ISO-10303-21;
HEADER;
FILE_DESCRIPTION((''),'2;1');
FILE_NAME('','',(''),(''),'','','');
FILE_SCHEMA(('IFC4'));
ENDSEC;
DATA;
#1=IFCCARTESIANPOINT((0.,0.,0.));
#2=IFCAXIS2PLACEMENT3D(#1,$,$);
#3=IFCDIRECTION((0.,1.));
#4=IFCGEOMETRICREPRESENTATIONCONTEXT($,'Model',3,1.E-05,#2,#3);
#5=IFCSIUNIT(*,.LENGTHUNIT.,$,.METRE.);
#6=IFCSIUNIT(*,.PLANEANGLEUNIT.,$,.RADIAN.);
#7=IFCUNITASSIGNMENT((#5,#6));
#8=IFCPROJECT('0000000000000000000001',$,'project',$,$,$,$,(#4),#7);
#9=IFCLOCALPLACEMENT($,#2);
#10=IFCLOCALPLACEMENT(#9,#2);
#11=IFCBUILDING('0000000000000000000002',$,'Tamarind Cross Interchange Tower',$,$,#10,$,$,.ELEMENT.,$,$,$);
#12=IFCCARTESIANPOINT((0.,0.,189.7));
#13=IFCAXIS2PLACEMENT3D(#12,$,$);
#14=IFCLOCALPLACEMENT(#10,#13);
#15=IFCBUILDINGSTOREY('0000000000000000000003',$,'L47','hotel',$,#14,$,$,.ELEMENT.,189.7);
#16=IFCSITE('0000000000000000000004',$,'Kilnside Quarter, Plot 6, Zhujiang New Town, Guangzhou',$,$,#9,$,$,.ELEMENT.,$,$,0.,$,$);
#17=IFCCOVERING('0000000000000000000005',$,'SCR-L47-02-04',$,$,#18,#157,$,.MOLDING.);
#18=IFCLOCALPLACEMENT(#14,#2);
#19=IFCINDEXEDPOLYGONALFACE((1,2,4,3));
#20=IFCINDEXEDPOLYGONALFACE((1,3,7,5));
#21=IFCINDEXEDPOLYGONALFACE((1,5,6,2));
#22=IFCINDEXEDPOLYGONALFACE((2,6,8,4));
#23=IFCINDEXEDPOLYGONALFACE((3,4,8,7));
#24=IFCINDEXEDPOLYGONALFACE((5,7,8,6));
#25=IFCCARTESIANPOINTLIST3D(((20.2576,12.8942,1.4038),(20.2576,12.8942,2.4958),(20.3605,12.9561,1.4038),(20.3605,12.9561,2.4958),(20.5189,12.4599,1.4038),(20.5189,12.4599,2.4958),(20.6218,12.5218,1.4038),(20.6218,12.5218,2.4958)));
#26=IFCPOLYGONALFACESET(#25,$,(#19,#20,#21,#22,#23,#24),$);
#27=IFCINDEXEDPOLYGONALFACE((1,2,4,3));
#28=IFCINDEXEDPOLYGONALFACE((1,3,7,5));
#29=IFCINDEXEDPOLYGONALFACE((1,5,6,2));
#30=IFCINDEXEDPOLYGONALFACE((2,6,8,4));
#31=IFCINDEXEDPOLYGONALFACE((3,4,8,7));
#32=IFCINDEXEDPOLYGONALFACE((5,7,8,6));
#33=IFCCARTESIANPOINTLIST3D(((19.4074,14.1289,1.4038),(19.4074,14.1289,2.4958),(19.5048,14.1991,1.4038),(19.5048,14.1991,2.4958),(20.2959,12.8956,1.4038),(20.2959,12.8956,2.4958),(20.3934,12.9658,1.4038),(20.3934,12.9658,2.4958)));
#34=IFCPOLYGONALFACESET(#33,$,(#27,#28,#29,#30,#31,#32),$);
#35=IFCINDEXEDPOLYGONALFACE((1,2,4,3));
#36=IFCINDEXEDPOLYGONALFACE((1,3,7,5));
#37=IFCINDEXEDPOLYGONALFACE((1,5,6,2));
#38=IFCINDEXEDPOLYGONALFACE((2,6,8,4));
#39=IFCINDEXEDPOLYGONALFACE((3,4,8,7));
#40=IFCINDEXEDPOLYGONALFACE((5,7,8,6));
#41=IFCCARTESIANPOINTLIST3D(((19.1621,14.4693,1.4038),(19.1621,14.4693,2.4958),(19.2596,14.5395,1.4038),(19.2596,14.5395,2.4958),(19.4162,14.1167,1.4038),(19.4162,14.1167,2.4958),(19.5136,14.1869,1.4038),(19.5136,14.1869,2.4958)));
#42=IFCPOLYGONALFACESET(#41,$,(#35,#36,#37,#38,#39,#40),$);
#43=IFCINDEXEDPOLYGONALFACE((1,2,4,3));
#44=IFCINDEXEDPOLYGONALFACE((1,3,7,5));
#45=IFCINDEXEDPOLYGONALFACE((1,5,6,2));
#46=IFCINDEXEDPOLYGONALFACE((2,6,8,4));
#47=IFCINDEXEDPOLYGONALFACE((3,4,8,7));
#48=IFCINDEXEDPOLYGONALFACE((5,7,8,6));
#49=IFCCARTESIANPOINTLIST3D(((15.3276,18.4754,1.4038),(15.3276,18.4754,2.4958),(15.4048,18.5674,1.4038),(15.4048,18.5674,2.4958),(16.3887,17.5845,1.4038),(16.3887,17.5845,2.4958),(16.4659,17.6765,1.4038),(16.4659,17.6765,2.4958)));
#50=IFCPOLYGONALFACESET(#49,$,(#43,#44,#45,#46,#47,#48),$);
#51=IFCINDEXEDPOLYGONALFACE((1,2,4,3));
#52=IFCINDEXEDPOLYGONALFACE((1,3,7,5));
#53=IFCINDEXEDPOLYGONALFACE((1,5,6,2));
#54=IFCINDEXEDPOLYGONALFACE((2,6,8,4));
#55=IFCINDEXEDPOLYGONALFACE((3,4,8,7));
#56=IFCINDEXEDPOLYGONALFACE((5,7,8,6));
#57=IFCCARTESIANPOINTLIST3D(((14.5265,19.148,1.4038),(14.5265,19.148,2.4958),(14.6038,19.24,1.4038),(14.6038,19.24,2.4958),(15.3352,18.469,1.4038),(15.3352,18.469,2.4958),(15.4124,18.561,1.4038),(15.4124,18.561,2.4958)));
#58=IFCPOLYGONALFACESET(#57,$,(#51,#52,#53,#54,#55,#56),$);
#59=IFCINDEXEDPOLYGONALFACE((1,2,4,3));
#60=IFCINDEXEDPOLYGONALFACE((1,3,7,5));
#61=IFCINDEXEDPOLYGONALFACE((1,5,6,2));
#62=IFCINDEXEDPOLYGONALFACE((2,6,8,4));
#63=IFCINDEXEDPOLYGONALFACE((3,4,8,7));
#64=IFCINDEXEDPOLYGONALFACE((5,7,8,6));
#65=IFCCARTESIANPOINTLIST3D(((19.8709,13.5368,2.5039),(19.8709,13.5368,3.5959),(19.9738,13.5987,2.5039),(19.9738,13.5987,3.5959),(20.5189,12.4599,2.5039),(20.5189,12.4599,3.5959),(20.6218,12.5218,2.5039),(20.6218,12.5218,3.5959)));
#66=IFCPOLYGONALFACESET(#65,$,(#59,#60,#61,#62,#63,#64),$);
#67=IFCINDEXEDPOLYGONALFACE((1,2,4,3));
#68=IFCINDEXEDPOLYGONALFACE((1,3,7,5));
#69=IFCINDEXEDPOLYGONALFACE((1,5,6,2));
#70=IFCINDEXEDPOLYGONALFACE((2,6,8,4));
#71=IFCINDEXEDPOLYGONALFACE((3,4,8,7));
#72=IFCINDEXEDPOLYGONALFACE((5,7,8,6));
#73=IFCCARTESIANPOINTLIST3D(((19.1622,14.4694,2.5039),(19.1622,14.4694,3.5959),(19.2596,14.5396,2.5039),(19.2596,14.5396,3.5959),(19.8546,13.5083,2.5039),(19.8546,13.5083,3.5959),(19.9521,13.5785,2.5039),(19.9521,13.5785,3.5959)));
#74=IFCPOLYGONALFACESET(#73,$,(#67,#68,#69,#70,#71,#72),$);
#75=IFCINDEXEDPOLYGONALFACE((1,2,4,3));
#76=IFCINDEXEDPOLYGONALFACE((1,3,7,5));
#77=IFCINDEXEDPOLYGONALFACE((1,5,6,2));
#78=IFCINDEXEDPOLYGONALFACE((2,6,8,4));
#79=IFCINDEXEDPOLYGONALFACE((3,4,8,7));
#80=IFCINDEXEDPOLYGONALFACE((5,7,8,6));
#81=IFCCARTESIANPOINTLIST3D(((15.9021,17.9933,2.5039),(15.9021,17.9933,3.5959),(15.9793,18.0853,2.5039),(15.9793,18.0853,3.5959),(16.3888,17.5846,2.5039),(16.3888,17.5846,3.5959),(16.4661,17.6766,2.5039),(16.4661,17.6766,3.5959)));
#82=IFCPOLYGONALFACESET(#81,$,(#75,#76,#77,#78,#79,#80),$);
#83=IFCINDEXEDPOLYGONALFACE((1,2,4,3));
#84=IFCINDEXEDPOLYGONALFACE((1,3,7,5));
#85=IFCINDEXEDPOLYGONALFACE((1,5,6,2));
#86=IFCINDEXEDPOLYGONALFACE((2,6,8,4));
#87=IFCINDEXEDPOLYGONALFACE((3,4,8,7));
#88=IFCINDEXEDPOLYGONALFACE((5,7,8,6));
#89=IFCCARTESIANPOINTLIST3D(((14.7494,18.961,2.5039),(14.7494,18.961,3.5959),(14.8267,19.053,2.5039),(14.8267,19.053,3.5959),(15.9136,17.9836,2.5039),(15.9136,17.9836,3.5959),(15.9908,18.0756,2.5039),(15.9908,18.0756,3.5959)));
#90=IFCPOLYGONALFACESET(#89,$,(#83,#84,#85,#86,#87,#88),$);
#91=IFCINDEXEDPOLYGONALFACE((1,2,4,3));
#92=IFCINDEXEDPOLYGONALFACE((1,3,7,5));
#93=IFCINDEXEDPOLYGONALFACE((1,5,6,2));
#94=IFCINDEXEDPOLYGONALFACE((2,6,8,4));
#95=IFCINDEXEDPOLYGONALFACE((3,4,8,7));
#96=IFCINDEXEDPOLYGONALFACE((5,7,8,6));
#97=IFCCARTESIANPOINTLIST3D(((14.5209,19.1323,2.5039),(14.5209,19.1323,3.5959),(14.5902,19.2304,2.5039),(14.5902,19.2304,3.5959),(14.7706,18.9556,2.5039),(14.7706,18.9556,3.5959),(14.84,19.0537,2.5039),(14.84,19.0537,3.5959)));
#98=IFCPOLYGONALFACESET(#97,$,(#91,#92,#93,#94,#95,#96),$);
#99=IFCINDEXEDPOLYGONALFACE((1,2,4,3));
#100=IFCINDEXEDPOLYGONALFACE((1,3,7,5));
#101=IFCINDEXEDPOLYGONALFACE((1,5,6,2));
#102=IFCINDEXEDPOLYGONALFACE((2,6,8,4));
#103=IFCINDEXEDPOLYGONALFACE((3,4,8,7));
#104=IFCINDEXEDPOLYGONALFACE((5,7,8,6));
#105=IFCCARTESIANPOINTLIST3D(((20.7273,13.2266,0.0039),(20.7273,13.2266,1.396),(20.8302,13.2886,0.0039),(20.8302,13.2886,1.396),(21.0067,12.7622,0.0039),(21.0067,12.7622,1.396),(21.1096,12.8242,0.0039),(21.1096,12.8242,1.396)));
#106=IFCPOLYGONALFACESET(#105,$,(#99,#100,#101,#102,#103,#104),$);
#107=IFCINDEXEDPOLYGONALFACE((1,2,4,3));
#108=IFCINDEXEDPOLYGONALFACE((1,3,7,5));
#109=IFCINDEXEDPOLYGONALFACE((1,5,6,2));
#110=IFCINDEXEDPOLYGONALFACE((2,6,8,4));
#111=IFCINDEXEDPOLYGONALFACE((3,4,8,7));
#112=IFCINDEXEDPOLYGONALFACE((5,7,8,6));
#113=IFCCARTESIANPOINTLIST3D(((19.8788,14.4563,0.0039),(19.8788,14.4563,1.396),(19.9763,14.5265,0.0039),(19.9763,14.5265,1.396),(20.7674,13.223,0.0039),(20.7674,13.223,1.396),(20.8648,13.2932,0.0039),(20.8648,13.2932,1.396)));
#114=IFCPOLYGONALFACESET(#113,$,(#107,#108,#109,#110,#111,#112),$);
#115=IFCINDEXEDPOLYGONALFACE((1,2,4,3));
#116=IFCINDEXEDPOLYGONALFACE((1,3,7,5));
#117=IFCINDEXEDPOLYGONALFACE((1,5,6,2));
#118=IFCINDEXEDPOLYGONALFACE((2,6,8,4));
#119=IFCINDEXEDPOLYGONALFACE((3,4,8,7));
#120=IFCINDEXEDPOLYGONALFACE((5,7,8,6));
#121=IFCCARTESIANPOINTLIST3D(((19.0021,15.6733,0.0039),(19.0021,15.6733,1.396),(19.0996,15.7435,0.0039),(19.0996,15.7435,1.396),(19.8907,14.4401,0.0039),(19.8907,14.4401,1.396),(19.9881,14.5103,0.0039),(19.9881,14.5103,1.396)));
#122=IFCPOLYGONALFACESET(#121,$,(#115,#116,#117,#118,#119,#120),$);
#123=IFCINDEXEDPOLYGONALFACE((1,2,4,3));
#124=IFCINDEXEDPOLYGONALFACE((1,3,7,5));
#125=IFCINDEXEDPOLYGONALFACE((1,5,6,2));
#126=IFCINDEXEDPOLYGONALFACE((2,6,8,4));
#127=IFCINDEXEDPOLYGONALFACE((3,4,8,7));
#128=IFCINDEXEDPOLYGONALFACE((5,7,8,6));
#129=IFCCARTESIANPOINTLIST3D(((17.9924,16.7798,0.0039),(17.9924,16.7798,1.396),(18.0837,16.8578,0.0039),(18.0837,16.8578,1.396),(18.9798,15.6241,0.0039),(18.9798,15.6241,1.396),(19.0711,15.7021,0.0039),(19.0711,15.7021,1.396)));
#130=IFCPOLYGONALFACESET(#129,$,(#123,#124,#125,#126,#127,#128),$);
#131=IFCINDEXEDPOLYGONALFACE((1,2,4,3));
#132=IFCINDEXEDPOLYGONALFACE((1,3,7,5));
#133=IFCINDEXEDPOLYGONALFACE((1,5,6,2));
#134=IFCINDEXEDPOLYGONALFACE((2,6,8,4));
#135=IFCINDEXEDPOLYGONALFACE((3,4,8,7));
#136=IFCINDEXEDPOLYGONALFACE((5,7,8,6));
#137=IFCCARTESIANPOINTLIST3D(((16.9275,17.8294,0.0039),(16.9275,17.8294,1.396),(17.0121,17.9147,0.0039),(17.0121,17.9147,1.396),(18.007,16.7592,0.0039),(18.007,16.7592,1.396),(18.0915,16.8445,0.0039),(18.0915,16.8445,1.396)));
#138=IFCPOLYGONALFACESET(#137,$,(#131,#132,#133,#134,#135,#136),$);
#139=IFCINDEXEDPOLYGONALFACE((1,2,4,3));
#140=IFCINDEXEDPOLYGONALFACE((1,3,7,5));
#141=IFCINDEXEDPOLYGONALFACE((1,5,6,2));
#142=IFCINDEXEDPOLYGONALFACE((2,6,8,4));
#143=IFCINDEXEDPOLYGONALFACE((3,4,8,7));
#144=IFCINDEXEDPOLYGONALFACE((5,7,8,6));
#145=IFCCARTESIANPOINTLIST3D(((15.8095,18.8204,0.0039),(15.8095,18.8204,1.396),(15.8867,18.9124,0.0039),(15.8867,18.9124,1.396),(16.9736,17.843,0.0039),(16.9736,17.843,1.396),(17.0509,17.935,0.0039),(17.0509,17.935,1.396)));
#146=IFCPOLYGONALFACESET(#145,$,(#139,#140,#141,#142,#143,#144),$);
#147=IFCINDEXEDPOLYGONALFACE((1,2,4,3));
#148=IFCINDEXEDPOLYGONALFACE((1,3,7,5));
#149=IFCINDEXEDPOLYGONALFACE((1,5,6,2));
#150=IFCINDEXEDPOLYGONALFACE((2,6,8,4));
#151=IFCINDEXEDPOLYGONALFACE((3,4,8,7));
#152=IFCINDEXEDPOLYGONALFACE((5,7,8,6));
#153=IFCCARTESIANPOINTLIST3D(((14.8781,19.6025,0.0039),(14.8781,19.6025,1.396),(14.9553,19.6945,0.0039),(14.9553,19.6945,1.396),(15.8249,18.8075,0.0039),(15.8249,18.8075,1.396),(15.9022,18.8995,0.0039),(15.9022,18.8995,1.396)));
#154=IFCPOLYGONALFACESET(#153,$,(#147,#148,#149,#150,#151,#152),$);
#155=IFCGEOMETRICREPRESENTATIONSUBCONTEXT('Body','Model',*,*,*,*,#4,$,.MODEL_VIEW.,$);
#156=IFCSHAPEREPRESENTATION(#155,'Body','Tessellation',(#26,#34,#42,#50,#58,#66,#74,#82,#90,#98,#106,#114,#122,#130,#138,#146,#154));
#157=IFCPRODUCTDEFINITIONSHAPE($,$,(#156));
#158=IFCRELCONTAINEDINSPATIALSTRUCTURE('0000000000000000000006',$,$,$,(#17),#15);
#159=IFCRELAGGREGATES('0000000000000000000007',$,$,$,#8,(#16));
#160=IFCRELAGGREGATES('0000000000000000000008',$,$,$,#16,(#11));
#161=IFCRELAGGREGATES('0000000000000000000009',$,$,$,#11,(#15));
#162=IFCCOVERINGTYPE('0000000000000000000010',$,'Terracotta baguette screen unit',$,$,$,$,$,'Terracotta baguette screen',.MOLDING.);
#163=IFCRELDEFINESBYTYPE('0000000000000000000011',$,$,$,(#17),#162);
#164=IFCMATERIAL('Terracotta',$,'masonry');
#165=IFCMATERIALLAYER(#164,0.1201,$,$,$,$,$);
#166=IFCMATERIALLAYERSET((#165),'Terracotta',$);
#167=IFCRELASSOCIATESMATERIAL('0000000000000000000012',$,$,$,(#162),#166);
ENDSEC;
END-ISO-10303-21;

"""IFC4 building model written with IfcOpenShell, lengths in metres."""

from ifc_helpers import new_model, si_unit, direction, frame, origin, origin_2d, place, context, subcontext, project, spatial, rectangle, extrude, material, layer, layer_set, type_object, element, save


model = new_model("IFC4")

# Units and contexts
model_context = context("Model", 3, precision=1e-05, world=origin(), true_north=direction((0.0, 1.0)))
body_context = subcontext(model_context, "Body", "Model", "MODEL_VIEW")
ifc_project = project(units=[si_unit("LENGTHUNIT", "METRE"), si_unit("PLANEANGLEUNIT", "RADIAN")], contexts=[model_context])

# Site, building, storey
site_placement = place(None, origin())
site = spatial("IfcSite", under=ifc_project, at=site_placement, Name="Kilnside Quarter, Plot 6, Zhujiang New Town, Guangzhou", CompositionType="ELEMENT", RefElevation=0.0)
building_placement = place(site_placement, origin())
building = spatial("IfcBuilding", under=site, at=building_placement, Name="Tamarind Cross Interchange Tower", CompositionType="ELEMENT")
storey_placement = place(building_placement, frame((0.0, 0.0, 189.7)))
storey = spatial("IfcBuildingStorey", under=building, at=storey_placement, Name="L47", Description="hotel", CompositionType="ELEMENT", Elevation=189.7)

# Covering
ifc_material_1 = material(Name="Terracotta", Category="masonry")
ifc_layer_1 = layer(ifc_material_1, 0.1201)
ifc_layer_set_1 = layer_set([ifc_layer_1], Name="Terracotta")
covering_type = type_object("IfcCoveringType", Name="Terracotta baguette screen unit", ElementType="Terracotta baguette screen", PredefinedType="MOLDING", material=ifc_layer_set_1)
covering_1_placement = place(storey_placement, origin())
element("IfcCovering", 1, at=covering_1_placement, inside=storey, type_object=covering_type, Name="SCR-L47-02-04", PredefinedType="MOLDING", context=body_context, shape_type="SweptSolid", body=[
    extrude(rectangle(XDim=0.5068, YDim=0.1201, at=origin_2d()), frame((20.4397, 12.708, 1.4038), z_axis=(0.0, 0.0, 1.0), x_axis=(-0.515577, 0.856843, 0.0)), (0.0, 0.0, 1.0), 1.092),
    extrude(rectangle(XDim=1.52, YDim=0.1201, at=origin_2d()), frame((19.9004, 13.5474, 1.4038), z_axis=(0.0, 0.0, 1.0), x_axis=(-0.584574, 0.81134, 0.0)), (0.0, 0.0, 1.0), 1.092),
    extrude(rectangle(XDim=0.4346, YDim=0.1201, at=origin_2d()), frame((19.3379, 14.3281, 1.4038), z_axis=(0.0, 0.0, 1.0), x_axis=(-0.584574, 0.81134, 0.0)), (0.0, 0.0, 1.0), 1.092),
    extrude(rectangle(XDim=1.3855, YDim=0.1201, at=origin_2d()), frame((15.8967, 18.0759, 1.4038), z_axis=(0.0, 0.0, 1.0), x_axis=(-0.765858, 0.643009, 0.0)), (0.0, 0.0, 1.0), 1.092),
    extrude(rectangle(XDim=1.0559, YDim=0.1201, at=origin_2d()), frame((14.9695, 18.8545, 1.4038), z_axis=(0.0, 0.0, 1.0), x_axis=(-0.765858, 0.643009, 0.0)), (0.0, 0.0, 1.0), 1.092),
    extrude(rectangle(XDim=1.2568, YDim=0.1201, at=origin_2d()), frame((20.2463, 13.0293, 2.5039), z_axis=(0.0, 0.0, 1.0), x_axis=(-0.515577, 0.856843, 0.0)), (0.0, 0.0, 1.0), 1.092),
    extrude(rectangle(XDim=1.1846, YDim=0.1201, at=origin_2d()), frame((19.5571, 14.0239, 2.5039), z_axis=(0.0, 0.0, 1.0), x_axis=(-0.584574, 0.81134, 0.0)), (0.0, 0.0, 1.0), 1.092),
    extrude(rectangle(XDim=0.6355, YDim=0.1201, at=origin_2d()), frame((16.1841, 17.835, 2.5039), z_axis=(0.0, 0.0, 1.0), x_axis=(-0.765858, 0.643009, 0.0)), (0.0, 0.0, 1.0), 1.092),
    extrude(rectangle(XDim=1.52, YDim=0.1201, at=origin_2d()), frame((15.3701, 18.5183, 2.5039), z_axis=(0.0, 0.0, 1.0), x_axis=(-0.765858, 0.643009, 0.0)), (0.0, 0.0, 1.0), 1.092),
    extrude(rectangle(XDim=0.3059, YDim=0.1201, at=origin_2d()), frame((14.6804, 19.093, 2.5039), z_axis=(0.0, 0.0, 1.0), x_axis=(-0.816342, 0.577569, 0.0)), (0.0, 0.0, 1.0), 1.092),
    extrude(rectangle(XDim=0.542, YDim=0.1201, at=origin_2d()), frame((20.9185, 13.0254, 0.0039), z_axis=(0.0, 0.0, 1.0), x_axis=(-0.515577, 0.856843, 0.0)), (0.0, 0.0, 1.0), 1.3921),
    extrude(rectangle(XDim=1.52, YDim=0.1201, at=origin_2d()), frame((20.3718, 13.8748, 0.0039), z_axis=(0.0, 0.0, 1.0), x_axis=(-0.584574, 0.81134, 0.0)), (0.0, 0.0, 1.0), 1.3921),
    extrude(rectangle(XDim=1.52, YDim=0.1201, at=origin_2d()), frame((19.4951, 15.0918, 0.0039), z_axis=(0.0, 0.0, 1.0), x_axis=(-0.584574, 0.81134, 0.0)), (0.0, 0.0, 1.0), 1.3921),
    extrude(rectangle(XDim=1.52, YDim=0.1201, at=origin_2d()), frame((18.5317, 16.241, 0.0039), z_axis=(0.0, 0.0, 1.0), x_axis=(-0.649577, 0.760296, 0.0)), (0.0, 0.0, 1.0), 1.3921),
    extrude(rectangle(XDim=1.52, YDim=0.1201, at=origin_2d()), frame((17.5095, 17.3369, 0.0039), z_axis=(0.0, 0.0, 1.0), x_axis=(-0.710143, 0.704057, 0.0)), (0.0, 0.0, 1.0), 1.3921),
    extrude(rectangle(XDim=1.52, YDim=0.1201, at=origin_2d()), frame((16.4302, 18.3777, 0.0039), z_axis=(0.0, 0.0, 1.0), x_axis=(-0.765858, 0.643009, 0.0)), (0.0, 0.0, 1.0), 1.3921),
    extrude(rectangle(XDim=1.2363, YDim=0.1201, at=origin_2d()), frame((15.3901, 19.251, 0.0039), z_axis=(0.0, 0.0, 1.0), x_axis=(-0.765858, 0.643009, 0.0)), (0.0, 0.0, 1.0), 1.3921),
])

save(model, "model.ifc")
